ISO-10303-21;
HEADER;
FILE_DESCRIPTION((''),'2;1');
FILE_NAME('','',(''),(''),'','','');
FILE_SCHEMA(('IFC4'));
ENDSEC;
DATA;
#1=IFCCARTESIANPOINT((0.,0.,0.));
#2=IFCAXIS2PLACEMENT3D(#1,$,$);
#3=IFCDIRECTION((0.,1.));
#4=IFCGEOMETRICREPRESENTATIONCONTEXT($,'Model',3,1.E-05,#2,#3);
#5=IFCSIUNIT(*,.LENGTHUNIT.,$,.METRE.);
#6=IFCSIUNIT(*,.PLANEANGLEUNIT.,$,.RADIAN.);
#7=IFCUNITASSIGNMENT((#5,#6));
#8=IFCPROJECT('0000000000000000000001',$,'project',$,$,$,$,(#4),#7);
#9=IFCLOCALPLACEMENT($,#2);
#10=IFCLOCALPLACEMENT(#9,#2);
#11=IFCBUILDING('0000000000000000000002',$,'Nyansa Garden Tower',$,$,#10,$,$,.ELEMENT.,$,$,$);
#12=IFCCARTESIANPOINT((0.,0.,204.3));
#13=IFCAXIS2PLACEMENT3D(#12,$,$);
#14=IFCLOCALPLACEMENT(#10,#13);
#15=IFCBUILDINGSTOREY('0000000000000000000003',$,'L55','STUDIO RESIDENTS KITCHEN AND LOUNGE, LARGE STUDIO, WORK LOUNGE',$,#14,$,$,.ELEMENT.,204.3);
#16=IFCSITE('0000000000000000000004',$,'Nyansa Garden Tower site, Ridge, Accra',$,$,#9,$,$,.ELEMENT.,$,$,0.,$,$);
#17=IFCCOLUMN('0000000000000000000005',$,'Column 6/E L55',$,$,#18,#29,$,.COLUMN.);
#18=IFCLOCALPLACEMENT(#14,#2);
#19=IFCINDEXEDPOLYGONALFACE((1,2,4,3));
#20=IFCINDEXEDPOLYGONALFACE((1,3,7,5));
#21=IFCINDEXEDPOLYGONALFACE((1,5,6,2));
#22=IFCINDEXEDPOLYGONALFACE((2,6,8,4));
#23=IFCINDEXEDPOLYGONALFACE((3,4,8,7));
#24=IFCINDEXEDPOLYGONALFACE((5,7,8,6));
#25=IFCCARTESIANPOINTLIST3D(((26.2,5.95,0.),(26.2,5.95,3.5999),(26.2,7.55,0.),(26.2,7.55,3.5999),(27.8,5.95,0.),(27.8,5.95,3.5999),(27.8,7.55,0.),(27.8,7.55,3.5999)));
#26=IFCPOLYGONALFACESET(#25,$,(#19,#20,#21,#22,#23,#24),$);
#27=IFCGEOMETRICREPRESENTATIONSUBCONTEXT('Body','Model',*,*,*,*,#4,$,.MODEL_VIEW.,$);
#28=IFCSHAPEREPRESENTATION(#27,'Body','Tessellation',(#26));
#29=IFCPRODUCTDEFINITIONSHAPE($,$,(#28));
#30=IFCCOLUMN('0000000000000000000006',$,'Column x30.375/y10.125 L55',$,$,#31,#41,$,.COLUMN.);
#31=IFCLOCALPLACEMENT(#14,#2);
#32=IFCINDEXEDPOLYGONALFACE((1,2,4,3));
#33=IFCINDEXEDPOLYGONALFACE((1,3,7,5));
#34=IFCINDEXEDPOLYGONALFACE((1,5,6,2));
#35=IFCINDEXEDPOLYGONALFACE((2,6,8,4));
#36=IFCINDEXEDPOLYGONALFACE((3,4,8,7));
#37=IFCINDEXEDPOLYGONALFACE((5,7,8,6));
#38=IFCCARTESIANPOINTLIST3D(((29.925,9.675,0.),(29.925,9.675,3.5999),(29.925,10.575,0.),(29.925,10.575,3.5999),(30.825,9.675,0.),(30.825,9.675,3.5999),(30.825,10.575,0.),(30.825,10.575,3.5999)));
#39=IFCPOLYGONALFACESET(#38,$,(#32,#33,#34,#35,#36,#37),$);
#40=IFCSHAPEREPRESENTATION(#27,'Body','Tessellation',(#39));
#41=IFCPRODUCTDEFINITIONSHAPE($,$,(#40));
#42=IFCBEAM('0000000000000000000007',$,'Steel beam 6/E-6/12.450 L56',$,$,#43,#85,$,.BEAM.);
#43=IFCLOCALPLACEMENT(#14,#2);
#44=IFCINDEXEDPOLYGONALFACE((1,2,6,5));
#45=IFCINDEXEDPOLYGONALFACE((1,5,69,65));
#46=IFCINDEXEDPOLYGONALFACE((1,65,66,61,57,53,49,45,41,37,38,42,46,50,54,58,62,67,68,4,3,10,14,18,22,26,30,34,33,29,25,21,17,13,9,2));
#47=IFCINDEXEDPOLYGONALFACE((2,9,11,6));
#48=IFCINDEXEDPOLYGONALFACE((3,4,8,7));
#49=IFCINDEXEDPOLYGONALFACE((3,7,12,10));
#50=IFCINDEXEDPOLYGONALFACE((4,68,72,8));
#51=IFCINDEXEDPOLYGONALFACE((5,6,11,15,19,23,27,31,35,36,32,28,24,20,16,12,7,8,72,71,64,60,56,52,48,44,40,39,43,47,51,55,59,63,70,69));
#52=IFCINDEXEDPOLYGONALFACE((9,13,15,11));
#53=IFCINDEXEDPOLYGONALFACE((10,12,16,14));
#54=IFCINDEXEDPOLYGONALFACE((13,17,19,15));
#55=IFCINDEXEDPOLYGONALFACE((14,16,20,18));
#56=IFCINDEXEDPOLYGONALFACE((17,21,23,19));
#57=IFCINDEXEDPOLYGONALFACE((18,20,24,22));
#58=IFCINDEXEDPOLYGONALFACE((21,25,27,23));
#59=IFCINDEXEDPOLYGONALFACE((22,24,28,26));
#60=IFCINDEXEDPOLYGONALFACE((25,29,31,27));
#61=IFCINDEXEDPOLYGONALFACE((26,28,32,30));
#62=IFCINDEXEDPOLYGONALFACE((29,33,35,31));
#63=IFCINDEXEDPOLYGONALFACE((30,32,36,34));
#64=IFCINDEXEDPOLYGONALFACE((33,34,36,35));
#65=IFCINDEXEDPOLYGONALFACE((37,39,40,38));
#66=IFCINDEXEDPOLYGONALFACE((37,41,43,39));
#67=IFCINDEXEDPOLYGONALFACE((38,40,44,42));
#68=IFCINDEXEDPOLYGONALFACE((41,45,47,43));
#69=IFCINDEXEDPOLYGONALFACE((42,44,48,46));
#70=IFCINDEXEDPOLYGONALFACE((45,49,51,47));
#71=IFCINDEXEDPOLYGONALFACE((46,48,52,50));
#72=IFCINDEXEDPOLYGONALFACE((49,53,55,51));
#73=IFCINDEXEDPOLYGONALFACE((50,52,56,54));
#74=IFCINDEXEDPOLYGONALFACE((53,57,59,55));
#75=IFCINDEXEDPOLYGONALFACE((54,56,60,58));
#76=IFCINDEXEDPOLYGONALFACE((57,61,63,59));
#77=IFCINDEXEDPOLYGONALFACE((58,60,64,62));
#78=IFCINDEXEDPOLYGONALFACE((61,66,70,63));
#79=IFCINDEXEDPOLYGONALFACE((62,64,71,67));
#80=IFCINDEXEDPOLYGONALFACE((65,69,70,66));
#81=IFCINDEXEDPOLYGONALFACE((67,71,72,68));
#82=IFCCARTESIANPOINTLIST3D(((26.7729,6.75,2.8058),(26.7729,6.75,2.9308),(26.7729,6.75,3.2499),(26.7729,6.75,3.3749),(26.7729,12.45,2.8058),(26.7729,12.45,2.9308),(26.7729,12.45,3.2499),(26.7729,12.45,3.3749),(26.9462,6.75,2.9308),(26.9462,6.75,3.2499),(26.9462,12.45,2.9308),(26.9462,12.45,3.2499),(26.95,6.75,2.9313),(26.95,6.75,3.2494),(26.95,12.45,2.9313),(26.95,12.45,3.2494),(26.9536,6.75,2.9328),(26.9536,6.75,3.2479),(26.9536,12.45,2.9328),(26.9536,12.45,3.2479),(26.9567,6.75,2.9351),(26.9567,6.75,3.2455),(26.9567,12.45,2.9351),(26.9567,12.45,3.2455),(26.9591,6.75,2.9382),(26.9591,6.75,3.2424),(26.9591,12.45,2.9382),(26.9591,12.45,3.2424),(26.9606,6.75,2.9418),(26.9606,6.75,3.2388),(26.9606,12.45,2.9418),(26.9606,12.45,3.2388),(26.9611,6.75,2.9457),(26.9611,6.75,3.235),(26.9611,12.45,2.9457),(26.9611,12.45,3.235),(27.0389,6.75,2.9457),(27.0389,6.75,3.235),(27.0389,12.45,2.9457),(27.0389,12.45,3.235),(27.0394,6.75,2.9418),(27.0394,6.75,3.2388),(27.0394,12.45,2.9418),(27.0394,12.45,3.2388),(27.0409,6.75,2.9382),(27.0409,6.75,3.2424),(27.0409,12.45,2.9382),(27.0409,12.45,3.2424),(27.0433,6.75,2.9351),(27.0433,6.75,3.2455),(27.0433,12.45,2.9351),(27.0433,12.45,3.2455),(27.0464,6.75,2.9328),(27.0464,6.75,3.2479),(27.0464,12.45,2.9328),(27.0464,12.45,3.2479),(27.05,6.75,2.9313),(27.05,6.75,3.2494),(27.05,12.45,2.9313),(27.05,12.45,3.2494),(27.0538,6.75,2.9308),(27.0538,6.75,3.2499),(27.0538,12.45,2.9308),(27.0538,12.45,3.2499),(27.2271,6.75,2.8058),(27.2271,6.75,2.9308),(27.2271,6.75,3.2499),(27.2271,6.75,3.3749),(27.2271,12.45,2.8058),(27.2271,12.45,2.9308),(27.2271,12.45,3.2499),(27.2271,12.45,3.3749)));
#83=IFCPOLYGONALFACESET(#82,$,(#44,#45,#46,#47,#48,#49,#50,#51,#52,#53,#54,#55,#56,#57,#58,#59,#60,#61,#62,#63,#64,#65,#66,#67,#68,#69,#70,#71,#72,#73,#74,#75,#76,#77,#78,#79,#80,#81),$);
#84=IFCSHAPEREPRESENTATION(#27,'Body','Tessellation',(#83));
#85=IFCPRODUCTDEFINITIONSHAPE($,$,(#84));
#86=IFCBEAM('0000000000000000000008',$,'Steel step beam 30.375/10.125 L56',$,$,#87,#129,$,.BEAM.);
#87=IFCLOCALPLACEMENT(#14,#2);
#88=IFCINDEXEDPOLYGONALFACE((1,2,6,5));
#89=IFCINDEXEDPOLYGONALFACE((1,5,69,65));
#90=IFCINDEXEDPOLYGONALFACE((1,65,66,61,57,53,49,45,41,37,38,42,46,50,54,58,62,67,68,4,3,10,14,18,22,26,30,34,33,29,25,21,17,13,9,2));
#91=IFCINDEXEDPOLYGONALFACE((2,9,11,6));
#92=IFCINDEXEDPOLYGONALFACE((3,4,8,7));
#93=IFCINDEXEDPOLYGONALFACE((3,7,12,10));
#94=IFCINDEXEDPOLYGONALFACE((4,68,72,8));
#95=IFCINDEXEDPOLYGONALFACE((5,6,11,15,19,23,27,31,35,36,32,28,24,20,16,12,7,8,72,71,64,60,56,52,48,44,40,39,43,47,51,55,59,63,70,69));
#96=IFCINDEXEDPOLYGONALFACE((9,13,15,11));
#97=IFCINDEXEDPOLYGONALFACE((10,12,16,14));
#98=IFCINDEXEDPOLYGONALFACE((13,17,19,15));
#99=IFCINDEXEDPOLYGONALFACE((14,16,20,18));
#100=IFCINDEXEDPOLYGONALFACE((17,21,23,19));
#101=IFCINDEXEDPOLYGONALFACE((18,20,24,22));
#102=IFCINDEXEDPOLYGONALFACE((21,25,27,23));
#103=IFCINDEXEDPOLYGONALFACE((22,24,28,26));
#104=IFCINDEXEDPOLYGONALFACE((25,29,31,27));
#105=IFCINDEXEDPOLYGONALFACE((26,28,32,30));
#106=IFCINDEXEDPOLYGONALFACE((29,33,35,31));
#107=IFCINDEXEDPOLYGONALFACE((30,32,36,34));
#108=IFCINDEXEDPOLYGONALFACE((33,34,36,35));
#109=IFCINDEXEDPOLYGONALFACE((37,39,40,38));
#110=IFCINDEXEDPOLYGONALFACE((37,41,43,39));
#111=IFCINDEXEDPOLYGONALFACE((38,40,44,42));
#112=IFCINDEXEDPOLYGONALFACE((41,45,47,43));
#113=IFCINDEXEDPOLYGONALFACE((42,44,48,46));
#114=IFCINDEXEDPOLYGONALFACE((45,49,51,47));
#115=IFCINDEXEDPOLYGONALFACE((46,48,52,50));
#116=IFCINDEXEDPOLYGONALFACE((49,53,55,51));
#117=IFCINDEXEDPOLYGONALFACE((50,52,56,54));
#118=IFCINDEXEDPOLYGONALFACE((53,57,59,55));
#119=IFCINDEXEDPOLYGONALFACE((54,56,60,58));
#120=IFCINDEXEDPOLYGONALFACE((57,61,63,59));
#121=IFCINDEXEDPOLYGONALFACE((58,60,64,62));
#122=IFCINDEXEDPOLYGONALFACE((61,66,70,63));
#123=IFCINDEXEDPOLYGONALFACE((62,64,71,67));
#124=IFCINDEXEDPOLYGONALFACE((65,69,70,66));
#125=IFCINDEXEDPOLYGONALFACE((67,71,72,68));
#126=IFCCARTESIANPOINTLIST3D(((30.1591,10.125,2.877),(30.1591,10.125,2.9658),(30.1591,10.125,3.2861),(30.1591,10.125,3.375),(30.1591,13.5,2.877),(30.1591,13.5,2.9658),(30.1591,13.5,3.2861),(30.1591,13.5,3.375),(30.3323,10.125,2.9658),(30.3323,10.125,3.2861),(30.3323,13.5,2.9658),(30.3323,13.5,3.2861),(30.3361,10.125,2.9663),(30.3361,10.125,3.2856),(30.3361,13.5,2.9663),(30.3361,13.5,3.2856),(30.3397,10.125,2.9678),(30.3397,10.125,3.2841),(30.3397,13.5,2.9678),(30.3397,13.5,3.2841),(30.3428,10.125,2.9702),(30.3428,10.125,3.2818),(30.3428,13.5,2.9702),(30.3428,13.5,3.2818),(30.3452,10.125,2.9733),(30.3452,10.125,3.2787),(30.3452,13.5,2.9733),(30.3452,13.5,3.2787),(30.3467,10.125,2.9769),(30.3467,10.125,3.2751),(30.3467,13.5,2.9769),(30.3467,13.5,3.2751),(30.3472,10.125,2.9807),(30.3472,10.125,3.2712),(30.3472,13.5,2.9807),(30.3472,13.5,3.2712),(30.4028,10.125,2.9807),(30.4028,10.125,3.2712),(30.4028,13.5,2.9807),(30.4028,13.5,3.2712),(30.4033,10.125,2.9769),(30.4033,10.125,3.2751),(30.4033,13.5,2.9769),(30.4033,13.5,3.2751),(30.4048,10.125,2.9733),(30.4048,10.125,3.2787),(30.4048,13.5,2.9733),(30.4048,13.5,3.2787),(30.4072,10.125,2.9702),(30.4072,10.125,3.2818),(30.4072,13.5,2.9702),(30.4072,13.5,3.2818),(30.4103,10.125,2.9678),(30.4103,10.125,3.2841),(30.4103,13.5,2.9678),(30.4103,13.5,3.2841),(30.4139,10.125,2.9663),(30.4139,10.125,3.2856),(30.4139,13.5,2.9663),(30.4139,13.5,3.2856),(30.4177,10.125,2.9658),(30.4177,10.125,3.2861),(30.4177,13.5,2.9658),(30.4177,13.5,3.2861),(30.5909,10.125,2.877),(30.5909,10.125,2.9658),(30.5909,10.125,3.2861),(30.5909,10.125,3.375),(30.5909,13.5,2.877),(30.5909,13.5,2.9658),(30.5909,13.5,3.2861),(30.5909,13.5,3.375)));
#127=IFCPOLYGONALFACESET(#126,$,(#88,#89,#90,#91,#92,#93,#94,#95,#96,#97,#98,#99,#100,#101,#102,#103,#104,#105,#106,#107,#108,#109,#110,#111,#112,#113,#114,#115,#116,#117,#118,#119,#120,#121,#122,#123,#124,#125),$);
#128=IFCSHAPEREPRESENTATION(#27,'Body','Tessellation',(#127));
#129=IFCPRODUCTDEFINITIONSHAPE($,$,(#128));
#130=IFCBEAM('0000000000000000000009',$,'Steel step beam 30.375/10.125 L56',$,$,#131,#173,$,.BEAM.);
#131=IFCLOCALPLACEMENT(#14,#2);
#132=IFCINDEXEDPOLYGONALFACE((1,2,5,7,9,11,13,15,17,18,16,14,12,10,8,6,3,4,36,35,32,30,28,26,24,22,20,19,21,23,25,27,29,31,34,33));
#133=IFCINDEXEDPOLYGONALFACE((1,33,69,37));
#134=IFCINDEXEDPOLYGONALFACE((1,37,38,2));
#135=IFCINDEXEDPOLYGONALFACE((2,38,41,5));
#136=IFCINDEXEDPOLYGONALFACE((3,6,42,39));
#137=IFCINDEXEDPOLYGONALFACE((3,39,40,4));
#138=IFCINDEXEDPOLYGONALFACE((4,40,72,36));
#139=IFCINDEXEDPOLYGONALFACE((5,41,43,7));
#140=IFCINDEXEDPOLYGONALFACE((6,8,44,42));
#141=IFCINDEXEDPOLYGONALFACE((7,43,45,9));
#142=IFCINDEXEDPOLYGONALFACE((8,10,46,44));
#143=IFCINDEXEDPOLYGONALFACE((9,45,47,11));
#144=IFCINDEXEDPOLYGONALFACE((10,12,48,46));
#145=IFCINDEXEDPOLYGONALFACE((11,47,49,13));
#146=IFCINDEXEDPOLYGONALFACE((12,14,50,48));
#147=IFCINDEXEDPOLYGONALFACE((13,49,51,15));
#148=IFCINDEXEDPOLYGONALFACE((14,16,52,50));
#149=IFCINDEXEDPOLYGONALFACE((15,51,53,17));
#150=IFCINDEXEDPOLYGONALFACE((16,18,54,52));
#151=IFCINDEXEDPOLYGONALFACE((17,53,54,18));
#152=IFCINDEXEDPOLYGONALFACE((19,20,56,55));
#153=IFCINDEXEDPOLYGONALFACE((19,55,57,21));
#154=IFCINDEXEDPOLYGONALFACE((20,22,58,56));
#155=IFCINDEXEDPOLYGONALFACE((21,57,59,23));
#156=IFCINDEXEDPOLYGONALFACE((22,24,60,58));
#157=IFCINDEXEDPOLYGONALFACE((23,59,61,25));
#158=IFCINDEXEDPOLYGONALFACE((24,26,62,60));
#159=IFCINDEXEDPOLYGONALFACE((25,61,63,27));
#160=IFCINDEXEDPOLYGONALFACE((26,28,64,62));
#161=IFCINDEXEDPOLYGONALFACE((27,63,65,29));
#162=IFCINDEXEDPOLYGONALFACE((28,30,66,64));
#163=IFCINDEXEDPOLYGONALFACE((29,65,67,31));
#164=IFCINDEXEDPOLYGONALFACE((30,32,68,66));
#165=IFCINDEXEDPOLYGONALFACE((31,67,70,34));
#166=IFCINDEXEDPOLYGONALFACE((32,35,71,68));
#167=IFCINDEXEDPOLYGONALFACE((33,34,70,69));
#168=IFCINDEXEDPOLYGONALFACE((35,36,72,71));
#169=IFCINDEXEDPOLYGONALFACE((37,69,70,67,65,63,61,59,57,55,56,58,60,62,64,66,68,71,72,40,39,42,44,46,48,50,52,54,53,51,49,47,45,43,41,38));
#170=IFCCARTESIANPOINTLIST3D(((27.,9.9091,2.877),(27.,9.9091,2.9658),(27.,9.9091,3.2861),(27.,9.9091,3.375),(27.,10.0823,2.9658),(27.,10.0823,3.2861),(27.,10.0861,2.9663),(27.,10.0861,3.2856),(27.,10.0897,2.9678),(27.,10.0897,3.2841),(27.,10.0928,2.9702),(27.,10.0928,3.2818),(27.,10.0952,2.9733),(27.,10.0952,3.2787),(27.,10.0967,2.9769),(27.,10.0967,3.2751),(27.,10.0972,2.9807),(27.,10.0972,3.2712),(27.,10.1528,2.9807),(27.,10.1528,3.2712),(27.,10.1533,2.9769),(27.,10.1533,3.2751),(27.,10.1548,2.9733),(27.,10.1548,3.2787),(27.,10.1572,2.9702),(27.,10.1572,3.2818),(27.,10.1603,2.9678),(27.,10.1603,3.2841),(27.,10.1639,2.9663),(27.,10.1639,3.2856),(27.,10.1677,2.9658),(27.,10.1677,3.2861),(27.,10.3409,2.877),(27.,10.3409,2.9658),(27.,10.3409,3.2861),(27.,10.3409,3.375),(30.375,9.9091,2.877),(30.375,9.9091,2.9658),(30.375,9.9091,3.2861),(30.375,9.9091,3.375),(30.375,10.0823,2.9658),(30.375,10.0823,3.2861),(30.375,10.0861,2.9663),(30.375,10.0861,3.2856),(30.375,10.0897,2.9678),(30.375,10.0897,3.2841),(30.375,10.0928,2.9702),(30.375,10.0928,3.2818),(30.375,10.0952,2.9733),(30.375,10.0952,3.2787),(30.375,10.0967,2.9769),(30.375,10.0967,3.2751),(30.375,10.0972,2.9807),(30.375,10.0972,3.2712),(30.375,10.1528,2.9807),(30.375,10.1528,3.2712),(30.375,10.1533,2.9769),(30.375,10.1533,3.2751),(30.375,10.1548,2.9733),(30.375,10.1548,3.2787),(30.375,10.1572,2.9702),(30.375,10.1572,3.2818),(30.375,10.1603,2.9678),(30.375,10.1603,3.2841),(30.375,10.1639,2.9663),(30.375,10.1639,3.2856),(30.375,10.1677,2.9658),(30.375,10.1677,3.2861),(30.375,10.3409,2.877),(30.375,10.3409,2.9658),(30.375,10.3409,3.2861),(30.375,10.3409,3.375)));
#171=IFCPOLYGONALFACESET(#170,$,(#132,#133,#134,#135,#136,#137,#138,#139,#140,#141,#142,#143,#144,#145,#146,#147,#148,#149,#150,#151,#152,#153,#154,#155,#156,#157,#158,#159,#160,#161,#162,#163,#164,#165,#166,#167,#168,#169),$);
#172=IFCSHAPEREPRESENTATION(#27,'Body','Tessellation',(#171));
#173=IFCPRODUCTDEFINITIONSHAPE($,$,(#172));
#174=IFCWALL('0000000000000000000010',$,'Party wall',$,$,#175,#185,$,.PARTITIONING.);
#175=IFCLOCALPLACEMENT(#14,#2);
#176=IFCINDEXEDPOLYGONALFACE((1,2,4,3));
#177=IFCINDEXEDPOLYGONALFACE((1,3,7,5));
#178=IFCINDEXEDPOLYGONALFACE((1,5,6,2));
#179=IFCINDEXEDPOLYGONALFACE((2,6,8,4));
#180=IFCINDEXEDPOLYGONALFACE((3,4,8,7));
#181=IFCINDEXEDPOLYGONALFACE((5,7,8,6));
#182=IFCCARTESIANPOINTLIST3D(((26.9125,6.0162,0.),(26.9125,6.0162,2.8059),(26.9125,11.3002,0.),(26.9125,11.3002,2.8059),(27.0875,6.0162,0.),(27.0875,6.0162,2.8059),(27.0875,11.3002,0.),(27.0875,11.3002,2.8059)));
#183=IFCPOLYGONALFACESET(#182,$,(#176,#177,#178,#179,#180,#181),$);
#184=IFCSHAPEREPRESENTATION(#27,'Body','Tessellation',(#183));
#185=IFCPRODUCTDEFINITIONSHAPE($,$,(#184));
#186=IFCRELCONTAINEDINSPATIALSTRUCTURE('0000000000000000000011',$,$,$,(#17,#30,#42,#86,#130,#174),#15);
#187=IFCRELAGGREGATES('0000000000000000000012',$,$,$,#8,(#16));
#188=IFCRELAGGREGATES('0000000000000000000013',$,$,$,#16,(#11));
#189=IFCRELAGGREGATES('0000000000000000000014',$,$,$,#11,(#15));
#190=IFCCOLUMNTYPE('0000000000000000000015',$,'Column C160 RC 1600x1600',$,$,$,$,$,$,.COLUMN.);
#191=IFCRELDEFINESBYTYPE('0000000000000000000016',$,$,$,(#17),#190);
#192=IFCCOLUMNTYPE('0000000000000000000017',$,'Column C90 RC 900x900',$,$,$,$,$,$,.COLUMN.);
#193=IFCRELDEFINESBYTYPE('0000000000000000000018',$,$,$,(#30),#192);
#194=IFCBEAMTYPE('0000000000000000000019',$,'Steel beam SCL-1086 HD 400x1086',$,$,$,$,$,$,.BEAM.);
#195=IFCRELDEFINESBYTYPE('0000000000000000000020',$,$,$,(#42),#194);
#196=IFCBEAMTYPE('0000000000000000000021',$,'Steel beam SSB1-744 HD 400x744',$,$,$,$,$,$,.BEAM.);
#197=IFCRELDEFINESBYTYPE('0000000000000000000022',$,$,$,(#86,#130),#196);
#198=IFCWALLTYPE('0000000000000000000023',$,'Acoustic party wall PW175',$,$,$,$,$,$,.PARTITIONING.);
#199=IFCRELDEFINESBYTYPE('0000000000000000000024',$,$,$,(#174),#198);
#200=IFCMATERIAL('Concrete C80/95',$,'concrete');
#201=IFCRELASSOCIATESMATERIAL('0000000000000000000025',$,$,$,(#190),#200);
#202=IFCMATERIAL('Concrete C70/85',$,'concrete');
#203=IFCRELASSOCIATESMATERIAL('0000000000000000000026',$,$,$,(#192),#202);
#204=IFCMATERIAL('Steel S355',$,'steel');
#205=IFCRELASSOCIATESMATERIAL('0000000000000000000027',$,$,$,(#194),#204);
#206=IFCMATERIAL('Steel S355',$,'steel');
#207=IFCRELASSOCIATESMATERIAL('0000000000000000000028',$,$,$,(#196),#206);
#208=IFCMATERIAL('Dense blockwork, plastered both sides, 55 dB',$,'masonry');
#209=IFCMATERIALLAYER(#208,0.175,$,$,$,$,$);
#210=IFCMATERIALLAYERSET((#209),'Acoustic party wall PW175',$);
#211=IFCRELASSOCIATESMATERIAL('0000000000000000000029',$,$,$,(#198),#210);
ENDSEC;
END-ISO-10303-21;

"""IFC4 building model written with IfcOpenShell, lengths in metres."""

from ifc_helpers import new_model, si_unit, direction, frame, frame_2d, origin, origin_2d, place, context, subcontext, project, spatial, rectangle, i_section, extrude, material, layer, layer_set, material_profile, profile_set, type_object, element, save


model = new_model("IFC4")

# Units and contexts
model_context = context("Model", 3, precision=1e-05, world=origin(), true_north=direction((0.0, 1.0)))
body_context = subcontext(model_context, "Body", "Model", "MODEL_VIEW")
ifc_project = project(units=[si_unit("LENGTHUNIT", "METRE"), si_unit("PLANEANGLEUNIT", "RADIAN")], contexts=[model_context])

# Site, building, storey
site_placement = place(None, origin())
site = spatial("IfcSite", under=ifc_project, at=site_placement, Name="Nyansa Garden Tower site, Ridge, Accra", CompositionType="ELEMENT", RefElevation=0.0)
building_placement = place(site_placement, origin())
building = spatial("IfcBuilding", under=site, at=building_placement, Name="Nyansa Garden Tower", CompositionType="ELEMENT")
storey_placement = place(building_placement, frame((0.0, 0.0, 204.3)))
storey = spatial("IfcBuildingStorey", under=building, at=storey_placement, Name="L55", Description="STUDIO RESIDENTS KITCHEN AND LOUNGE, LARGE STUDIO, WORK LOUNGE", CompositionType="ELEMENT", Elevation=204.3)

# Columns
ifc_material_1 = material(Name="Concrete C80/95", Category="concrete")
ifc_material_profile_1 = material_profile(ifc_material_1, rectangle(XDim=1.6001, YDim=1.6001, at=origin_2d()), Name="RC 1600x1600")
ifc_profile_set_1 = profile_set([ifc_material_profile_1], Name="Concrete C80/95")
column_type_1 = type_object("IfcColumnType", Name="Column C160 RC 1600x1600", PredefinedType="COLUMN", material=ifc_profile_set_1)
column_1_placement = place(storey_placement, frame((27.0, 6.75, 0.0), z_axis=(0.0, 0.0, 1.0), x_axis=(1.0, 0.0, 0.0)))
element("IfcColumn", 1, at=column_1_placement, inside=storey, type_object=column_type_1, Name="Column 6/E L55", PredefinedType="COLUMN", context=body_context, shape_type="SweptSolid", body=[
    extrude(rectangle(XDim=1.6001, YDim=1.6001, at=origin_2d()), origin(), (0.0, 0.0, 1.0), 3.5999),
])
ifc_material_2 = material(Name="Concrete C70/85", Category="concrete")
ifc_material_profile_2 = material_profile(ifc_material_2, rectangle(XDim=0.8999, YDim=0.8999, at=origin_2d()), Name="RC 900x900")
ifc_profile_set_2 = profile_set([ifc_material_profile_2], Name="Concrete C70/85")
column_type_2 = type_object("IfcColumnType", Name="Column C90 RC 900x900", PredefinedType="COLUMN", material=ifc_profile_set_2)
column_2_placement = place(storey_placement, frame((30.375, 10.125, 0.0), z_axis=(0.0, 0.0, 1.0), x_axis=(1.0, 0.0, 0.0)))
element("IfcColumn", 2, at=column_2_placement, inside=storey, type_object=column_type_2, Name="Column x30.375/y10.125 L55", PredefinedType="COLUMN", context=body_context, shape_type="SweptSolid", body=[
    extrude(rectangle(XDim=0.8999, YDim=0.8999, at=origin_2d()), origin(), (0.0, 0.0, 1.0), 3.5999),
])

# Beams
ifc_material_3 = material(Name="Steel S355", Category="steel")
ifc_material_profile_3 = material_profile(ifc_material_3, i_section(OverallWidth=0.4541, OverallDepth=0.5691, WebThickness=0.0779, FlangeThickness=0.125, FilletRadius=0.0149, at=origin_2d()), Name="HD 400x1086")
ifc_profile_set_3 = profile_set([ifc_material_profile_3], Name="Steel S355")
beam_type_1 = type_object("IfcBeamType", Name="Steel beam SCL-1086 HD 400x1086", PredefinedType="BEAM", material=ifc_profile_set_3)
beam_placement = place(storey_placement, frame((27.0, 6.75, 3.0903), z_axis=(0.0, 1.0, 0.0), x_axis=(-1.0, 0.0, 0.0)))
element("IfcBeam", 3, at=beam_placement, inside=storey, type_object=beam_type_1, Name="Steel beam 6/E-6/12.450 L56", PredefinedType="BEAM", context=body_context, shape_type="SweptSolid", body=[
    extrude(i_section(OverallWidth=0.4541, OverallDepth=0.5691, WebThickness=0.0779, FlangeThickness=0.125, FilletRadius=0.0149, at=origin_2d()), origin(), (0.0, 0.0, 1.0), 5.7),
])
ifc_material_4 = material(Name="Steel S355", Category="steel")
ifc_material_profile_4 = material_profile(ifc_material_4, i_section(OverallWidth=0.4319, OverallDepth=0.498, WebThickness=0.0557, FlangeThickness=0.0889, FilletRadius=0.0149, at=origin_2d()), Name="HD 400x744")
ifc_profile_set_4 = profile_set([ifc_material_profile_4], Name="Steel S355")
beam_type_2 = type_object("IfcBeamType", Name="Steel beam SSB1-744 HD 400x744", PredefinedType="BEAM", material=ifc_profile_set_4)
for number, where, z_axis, x_axis, name in (
    (4, (30.375, 10.125, 3.126), (0.0, 1.0, 0.0), (-1.0, 0.0, 0.0), "Steel step beam 30.375/10.125 L56"),
    (5, (30.375, 10.125, 3.126), (-1.0, 0.0, 0.0), (0.0, -1.0, 0.0), "Steel step beam 30.375/10.125 L56"),
):
    element("IfcBeam", number, at=place(storey_placement, frame(where, z_axis=z_axis, x_axis=x_axis)), inside=storey, type_object=beam_type_2, Name=name, PredefinedType="BEAM", context=body_context, shape_type="SweptSolid", body=[
        extrude(i_section(OverallWidth=0.4319, OverallDepth=0.498, WebThickness=0.0557, FlangeThickness=0.0889, FilletRadius=0.0149, at=origin_2d()), origin(), (0.0, 0.0, 1.0), 3.375),
    ])

# Wall
ifc_material_5 = material(Name="Dense blockwork, plastered both sides, 55 dB", Category="masonry")
ifc_layer_1 = layer(ifc_material_5, 0.175)
ifc_layer_set_1 = layer_set([ifc_layer_1], Name="Acoustic party wall PW175")
wall_type_1 = type_object("IfcWallType", Name="Acoustic party wall PW175", PredefinedType="PARTITIONING", material=ifc_layer_set_1)
wall_1_placement = place(storey_placement, frame((27.0, 6.0161, 0.0), z_axis=(0.0, 0.0, 1.0), x_axis=(0.0, 1.0, 0.0)))
element("IfcWall", 6, at=wall_1_placement, inside=storey, type_object=wall_type_1, Name="Party wall", PredefinedType="PARTITIONING", context=body_context, shape_type="SweptSolid", body=[
    extrude(rectangle(XDim=5.2839, YDim=0.175, at=frame_2d((2.6421, 0.0))), origin(), (0.0, 0.0, 1.0), 2.8059),
])

save(model, "model.ifc")
